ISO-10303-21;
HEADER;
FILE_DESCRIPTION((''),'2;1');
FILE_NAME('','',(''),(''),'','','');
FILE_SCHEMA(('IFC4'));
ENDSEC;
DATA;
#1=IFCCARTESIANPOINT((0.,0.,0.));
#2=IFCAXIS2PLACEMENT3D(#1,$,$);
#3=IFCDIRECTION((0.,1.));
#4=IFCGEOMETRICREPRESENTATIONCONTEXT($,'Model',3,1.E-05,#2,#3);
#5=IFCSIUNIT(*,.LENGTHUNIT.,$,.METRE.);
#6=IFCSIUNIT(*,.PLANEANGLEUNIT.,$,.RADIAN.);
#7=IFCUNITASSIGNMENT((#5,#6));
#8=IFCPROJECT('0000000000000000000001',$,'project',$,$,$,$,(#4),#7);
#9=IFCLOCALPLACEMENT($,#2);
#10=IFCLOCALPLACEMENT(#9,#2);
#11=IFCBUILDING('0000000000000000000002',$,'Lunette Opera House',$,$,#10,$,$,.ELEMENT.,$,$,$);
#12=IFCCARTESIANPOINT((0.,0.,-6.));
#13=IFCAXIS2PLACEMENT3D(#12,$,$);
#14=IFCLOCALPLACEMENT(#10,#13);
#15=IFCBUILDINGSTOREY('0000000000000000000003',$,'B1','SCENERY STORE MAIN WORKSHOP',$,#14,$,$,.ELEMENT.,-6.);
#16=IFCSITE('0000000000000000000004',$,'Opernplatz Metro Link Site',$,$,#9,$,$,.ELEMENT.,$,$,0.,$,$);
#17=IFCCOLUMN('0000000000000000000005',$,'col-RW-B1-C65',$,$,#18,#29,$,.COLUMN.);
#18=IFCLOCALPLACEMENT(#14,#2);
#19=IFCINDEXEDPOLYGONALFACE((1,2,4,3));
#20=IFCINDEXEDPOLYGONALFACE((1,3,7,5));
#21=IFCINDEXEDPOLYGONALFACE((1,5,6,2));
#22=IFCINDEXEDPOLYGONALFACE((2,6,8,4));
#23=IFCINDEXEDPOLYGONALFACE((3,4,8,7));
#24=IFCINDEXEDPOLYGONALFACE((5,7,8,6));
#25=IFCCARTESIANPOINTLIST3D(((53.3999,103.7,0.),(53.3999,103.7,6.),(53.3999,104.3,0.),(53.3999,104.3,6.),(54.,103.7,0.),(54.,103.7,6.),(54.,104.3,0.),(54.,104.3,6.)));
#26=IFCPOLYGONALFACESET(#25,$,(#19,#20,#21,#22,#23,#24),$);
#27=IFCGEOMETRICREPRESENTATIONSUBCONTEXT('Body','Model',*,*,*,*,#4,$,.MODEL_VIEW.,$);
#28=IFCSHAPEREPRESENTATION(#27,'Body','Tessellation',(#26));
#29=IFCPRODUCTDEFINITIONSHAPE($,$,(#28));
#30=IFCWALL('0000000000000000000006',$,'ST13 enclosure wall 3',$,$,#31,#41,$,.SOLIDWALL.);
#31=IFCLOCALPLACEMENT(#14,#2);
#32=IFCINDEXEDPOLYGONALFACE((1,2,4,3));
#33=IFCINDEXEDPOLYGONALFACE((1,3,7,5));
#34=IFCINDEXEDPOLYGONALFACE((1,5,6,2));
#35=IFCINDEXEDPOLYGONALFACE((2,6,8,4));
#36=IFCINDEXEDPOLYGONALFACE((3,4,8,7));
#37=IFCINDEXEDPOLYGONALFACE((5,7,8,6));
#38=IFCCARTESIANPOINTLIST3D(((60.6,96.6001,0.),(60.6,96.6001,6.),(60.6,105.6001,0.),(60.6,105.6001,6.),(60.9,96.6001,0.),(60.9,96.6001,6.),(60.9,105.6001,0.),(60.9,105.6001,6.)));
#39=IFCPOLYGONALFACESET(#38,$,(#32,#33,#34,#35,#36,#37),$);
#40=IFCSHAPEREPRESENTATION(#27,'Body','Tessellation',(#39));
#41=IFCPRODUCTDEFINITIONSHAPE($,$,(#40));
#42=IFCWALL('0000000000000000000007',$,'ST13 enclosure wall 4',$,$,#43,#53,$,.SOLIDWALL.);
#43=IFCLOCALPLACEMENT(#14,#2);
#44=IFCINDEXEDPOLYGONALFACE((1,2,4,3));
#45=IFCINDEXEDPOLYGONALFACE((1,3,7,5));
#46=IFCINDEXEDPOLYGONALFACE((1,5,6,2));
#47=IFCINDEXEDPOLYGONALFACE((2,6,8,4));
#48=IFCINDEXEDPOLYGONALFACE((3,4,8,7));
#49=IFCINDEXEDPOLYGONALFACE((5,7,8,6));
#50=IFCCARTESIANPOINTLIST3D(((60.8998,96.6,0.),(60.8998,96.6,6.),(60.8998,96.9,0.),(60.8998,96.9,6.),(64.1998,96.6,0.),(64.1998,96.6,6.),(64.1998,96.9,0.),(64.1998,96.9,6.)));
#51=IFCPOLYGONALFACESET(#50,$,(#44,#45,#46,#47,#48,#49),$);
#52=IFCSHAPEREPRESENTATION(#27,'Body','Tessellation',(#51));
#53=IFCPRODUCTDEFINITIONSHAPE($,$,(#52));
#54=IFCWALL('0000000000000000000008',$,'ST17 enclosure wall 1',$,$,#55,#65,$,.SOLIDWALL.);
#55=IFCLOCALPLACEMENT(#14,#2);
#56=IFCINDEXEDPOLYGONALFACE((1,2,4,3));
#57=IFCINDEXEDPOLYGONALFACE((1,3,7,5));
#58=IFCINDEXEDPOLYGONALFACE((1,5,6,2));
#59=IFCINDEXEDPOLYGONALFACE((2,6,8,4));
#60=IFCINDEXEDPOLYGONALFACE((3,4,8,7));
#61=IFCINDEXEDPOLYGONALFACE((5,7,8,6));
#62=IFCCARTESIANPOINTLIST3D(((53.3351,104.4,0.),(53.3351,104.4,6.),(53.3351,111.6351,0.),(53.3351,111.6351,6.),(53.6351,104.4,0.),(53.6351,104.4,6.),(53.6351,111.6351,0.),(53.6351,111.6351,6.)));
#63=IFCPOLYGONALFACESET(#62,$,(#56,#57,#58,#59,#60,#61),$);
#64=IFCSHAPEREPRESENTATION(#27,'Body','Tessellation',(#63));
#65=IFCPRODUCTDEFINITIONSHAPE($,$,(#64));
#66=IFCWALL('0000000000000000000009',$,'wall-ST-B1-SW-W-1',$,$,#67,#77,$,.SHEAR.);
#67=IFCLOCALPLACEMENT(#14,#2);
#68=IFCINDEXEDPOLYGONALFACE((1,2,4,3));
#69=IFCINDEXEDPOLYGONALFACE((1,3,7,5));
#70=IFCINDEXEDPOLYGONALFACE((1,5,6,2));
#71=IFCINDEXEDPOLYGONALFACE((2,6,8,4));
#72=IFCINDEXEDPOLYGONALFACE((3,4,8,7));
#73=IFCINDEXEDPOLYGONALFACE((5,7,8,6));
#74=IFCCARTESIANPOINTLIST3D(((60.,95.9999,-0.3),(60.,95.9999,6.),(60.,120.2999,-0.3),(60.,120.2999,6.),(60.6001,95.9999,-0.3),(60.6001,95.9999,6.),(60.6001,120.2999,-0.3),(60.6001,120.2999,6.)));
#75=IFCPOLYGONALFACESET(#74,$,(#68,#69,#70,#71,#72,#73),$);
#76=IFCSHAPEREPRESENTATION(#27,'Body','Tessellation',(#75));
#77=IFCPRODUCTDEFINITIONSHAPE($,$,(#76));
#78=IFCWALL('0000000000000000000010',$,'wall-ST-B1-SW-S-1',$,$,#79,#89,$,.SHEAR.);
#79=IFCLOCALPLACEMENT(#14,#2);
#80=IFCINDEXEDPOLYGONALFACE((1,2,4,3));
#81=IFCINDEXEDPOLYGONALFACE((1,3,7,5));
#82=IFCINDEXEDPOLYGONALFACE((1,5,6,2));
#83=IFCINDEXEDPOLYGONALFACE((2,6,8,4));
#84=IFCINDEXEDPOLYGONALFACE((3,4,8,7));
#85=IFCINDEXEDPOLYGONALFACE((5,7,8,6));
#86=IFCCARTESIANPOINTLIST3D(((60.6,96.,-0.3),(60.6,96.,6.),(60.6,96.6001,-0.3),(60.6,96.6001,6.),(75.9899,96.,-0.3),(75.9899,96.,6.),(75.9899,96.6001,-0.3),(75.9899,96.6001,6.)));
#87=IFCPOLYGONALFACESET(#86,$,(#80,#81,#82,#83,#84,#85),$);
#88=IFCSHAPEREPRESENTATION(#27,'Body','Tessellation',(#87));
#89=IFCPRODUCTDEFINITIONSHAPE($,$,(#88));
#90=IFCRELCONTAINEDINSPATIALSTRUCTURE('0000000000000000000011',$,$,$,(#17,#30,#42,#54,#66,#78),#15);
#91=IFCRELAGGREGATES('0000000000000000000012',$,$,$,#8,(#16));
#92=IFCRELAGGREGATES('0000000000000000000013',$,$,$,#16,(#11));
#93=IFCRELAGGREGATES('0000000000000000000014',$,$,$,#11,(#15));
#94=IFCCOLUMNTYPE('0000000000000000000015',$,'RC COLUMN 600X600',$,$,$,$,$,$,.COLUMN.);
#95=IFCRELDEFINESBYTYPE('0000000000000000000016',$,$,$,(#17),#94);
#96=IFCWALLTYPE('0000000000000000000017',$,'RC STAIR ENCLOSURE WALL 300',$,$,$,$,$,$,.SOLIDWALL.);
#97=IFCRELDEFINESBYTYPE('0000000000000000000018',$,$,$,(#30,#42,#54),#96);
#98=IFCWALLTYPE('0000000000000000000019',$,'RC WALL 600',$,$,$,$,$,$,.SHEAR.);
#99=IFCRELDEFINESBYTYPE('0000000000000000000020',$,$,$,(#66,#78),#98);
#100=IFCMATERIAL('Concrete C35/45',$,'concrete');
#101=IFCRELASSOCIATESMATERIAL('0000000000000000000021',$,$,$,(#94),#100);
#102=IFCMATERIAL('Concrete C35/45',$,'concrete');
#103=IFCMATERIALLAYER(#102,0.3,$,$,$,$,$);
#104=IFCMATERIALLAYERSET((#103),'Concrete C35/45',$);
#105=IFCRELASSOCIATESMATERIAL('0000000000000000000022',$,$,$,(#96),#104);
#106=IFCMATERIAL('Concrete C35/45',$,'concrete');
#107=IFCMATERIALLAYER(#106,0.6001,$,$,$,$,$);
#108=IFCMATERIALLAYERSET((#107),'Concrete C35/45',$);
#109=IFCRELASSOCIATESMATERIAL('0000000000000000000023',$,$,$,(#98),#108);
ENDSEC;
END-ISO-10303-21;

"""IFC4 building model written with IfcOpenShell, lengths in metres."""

from ifc_helpers import new_model, si_unit, direction, frame, frame_2d, origin, origin_2d, place, context, subcontext, project, spatial, rectangle, extrude, material, layer, layer_set, material_profile, profile_set, type_object, element, save


model = new_model("IFC4")

# Units and contexts
model_context = context("Model", 3, precision=1e-05, world=origin(), true_north=direction((0.0, 1.0)))
body_context = subcontext(model_context, "Body", "Model", "MODEL_VIEW")
ifc_project = project(units=[si_unit("LENGTHUNIT", "METRE"), si_unit("PLANEANGLEUNIT", "RADIAN")], contexts=[model_context])

# Site, building, storey
site_placement = place(None, origin())
site = spatial("IfcSite", under=ifc_project, at=site_placement, Name="Opernplatz Metro Link Site", CompositionType="ELEMENT", RefElevation=0.0)
building_placement = place(site_placement, origin())
building = spatial("IfcBuilding", under=site, at=building_placement, Name="Lunette Opera House", CompositionType="ELEMENT")
storey_placement = place(building_placement, frame((0.0, 0.0, -6.0)))
storey = spatial("IfcBuildingStorey", under=building, at=storey_placement, Name="B1", Description="SCENERY STORE MAIN WORKSHOP", CompositionType="ELEMENT", Elevation=-6.0)

# Column
ifc_material_1 = material(Name="Concrete C35/45", Category="concrete")
ifc_material_profile_1 = material_profile(ifc_material_1, rectangle(XDim=0.6001, YDim=0.6001, at=origin_2d()), Name="RC COLUMN 600X600")
ifc_profile_set_1 = profile_set([ifc_material_profile_1], Name="Concrete C35/45")
column_type = type_object("IfcColumnType", Name="RC COLUMN 600X600", PredefinedType="COLUMN", material=ifc_profile_set_1)
for number, where, z_axis, x_axis, name in (
    (1, (53.7, 104.0, 0.0), (0.0, 0.0, 1.0), (1.0, 0.0, 0.0), "col-RW-B1-C65"),
):
    element("IfcColumn", number, at=place(storey_placement, frame(where, z_axis=z_axis, x_axis=x_axis)), inside=storey, type_object=column_type, Name=name, PredefinedType="COLUMN", context=body_context, shape_type="SweptSolid", body=[
        extrude(rectangle(XDim=0.6001, YDim=0.6001, at=origin_2d()), origin(), (0.0, 0.0, 1.0), 6.0),
    ])

# Walls
ifc_material_2 = material(Name="Concrete C35/45", Category="concrete")
ifc_layer_1 = layer(ifc_material_2, 0.3)
ifc_layer_set_1 = layer_set([ifc_layer_1], Name="Concrete C35/45")
wall_type_1 = type_object("IfcWallType", Name="RC STAIR ENCLOSURE WALL 300", PredefinedType="SOLIDWALL", material=ifc_layer_set_1)
wall_1_placement = place(storey_placement, frame((60.75, 105.6001, 0.0), z_axis=(0.0, 0.0, 1.0), x_axis=(0.0, -1.0, 0.0)))
element("IfcWall", 2, at=wall_1_placement, inside=storey, type_object=wall_type_1, Name="ST13 enclosure wall 3", PredefinedType="SOLIDWALL", context=body_context, shape_type="SweptSolid", body=[
    extrude(rectangle(XDim=9.0, YDim=0.3, at=frame_2d((4.5, 0.0))), origin(), (0.0, 0.0, 1.0), 6.0),
])
wall_2_placement = place(storey_placement, frame((60.8999, 96.75, 0.0), z_axis=(0.0, 0.0, 1.0), x_axis=(1.0, 0.0, 0.0)))
element("IfcWall", 3, at=wall_2_placement, inside=storey, type_object=wall_type_1, Name="ST13 enclosure wall 4", PredefinedType="SOLIDWALL", context=body_context, shape_type="SweptSolid", body=[
    extrude(rectangle(XDim=3.3, YDim=0.3, at=frame_2d((1.6499, 0.0))), origin(), (0.0, 0.0, 1.0), 6.0),
])
wall_3_placement = place(storey_placement, frame((53.4851, 104.3999, 0.0), z_axis=(0.0, 0.0, 1.0), x_axis=(0.0, 1.0, 0.0)))
element("IfcWall", 4, at=wall_3_placement, inside=storey, type_object=wall_type_1, Name="ST17 enclosure wall 1", PredefinedType="SOLIDWALL", context=body_context, shape_type="SweptSolid", body=[
    extrude(rectangle(XDim=7.2351, YDim=0.3, at=frame_2d((3.6177, 0.0))), origin(), (0.0, 0.0, 1.0), 6.0),
])
ifc_material_3 = material(Name="Concrete C35/45", Category="concrete")
ifc_layer_2 = layer(ifc_material_3, 0.6001)
ifc_layer_set_2 = layer_set([ifc_layer_2], Name="Concrete C35/45")
wall_type_2 = type_object("IfcWallType", Name="RC WALL 600", PredefinedType="SHEAR", material=ifc_layer_set_2)
wall_4_placement = place(storey_placement, frame((60.3, 96.0, -0.3), z_axis=(0.0, 0.0, 1.0), x_axis=(0.0, 1.0, 0.0)))
element("IfcWall", 5, at=wall_4_placement, inside=storey, type_object=wall_type_2, Name="wall-ST-B1-SW-W-1", PredefinedType="SHEAR", context=body_context, shape_type="SweptSolid", body=[
    extrude(rectangle(XDim=24.3, YDim=0.6001, at=frame_2d((12.1499, 0.0))), origin(), (0.0, 0.0, 1.0), 6.3),
])
wall_5_placement = place(storey_placement, frame((60.6001, 96.3, -0.3), z_axis=(0.0, 0.0, 1.0), x_axis=(1.0, 0.0, 0.0)))
element("IfcWall", 6, at=wall_5_placement, inside=storey, type_object=wall_type_2, Name="wall-ST-B1-SW-S-1", PredefinedType="SHEAR", context=body_context, shape_type="SweptSolid", body=[
    extrude(rectangle(XDim=15.3899, YDim=0.6001, at=frame_2d((7.6948, 0.0))), origin(), (0.0, 0.0, 1.0), 6.3),
])

save(model, "model.ifc")
